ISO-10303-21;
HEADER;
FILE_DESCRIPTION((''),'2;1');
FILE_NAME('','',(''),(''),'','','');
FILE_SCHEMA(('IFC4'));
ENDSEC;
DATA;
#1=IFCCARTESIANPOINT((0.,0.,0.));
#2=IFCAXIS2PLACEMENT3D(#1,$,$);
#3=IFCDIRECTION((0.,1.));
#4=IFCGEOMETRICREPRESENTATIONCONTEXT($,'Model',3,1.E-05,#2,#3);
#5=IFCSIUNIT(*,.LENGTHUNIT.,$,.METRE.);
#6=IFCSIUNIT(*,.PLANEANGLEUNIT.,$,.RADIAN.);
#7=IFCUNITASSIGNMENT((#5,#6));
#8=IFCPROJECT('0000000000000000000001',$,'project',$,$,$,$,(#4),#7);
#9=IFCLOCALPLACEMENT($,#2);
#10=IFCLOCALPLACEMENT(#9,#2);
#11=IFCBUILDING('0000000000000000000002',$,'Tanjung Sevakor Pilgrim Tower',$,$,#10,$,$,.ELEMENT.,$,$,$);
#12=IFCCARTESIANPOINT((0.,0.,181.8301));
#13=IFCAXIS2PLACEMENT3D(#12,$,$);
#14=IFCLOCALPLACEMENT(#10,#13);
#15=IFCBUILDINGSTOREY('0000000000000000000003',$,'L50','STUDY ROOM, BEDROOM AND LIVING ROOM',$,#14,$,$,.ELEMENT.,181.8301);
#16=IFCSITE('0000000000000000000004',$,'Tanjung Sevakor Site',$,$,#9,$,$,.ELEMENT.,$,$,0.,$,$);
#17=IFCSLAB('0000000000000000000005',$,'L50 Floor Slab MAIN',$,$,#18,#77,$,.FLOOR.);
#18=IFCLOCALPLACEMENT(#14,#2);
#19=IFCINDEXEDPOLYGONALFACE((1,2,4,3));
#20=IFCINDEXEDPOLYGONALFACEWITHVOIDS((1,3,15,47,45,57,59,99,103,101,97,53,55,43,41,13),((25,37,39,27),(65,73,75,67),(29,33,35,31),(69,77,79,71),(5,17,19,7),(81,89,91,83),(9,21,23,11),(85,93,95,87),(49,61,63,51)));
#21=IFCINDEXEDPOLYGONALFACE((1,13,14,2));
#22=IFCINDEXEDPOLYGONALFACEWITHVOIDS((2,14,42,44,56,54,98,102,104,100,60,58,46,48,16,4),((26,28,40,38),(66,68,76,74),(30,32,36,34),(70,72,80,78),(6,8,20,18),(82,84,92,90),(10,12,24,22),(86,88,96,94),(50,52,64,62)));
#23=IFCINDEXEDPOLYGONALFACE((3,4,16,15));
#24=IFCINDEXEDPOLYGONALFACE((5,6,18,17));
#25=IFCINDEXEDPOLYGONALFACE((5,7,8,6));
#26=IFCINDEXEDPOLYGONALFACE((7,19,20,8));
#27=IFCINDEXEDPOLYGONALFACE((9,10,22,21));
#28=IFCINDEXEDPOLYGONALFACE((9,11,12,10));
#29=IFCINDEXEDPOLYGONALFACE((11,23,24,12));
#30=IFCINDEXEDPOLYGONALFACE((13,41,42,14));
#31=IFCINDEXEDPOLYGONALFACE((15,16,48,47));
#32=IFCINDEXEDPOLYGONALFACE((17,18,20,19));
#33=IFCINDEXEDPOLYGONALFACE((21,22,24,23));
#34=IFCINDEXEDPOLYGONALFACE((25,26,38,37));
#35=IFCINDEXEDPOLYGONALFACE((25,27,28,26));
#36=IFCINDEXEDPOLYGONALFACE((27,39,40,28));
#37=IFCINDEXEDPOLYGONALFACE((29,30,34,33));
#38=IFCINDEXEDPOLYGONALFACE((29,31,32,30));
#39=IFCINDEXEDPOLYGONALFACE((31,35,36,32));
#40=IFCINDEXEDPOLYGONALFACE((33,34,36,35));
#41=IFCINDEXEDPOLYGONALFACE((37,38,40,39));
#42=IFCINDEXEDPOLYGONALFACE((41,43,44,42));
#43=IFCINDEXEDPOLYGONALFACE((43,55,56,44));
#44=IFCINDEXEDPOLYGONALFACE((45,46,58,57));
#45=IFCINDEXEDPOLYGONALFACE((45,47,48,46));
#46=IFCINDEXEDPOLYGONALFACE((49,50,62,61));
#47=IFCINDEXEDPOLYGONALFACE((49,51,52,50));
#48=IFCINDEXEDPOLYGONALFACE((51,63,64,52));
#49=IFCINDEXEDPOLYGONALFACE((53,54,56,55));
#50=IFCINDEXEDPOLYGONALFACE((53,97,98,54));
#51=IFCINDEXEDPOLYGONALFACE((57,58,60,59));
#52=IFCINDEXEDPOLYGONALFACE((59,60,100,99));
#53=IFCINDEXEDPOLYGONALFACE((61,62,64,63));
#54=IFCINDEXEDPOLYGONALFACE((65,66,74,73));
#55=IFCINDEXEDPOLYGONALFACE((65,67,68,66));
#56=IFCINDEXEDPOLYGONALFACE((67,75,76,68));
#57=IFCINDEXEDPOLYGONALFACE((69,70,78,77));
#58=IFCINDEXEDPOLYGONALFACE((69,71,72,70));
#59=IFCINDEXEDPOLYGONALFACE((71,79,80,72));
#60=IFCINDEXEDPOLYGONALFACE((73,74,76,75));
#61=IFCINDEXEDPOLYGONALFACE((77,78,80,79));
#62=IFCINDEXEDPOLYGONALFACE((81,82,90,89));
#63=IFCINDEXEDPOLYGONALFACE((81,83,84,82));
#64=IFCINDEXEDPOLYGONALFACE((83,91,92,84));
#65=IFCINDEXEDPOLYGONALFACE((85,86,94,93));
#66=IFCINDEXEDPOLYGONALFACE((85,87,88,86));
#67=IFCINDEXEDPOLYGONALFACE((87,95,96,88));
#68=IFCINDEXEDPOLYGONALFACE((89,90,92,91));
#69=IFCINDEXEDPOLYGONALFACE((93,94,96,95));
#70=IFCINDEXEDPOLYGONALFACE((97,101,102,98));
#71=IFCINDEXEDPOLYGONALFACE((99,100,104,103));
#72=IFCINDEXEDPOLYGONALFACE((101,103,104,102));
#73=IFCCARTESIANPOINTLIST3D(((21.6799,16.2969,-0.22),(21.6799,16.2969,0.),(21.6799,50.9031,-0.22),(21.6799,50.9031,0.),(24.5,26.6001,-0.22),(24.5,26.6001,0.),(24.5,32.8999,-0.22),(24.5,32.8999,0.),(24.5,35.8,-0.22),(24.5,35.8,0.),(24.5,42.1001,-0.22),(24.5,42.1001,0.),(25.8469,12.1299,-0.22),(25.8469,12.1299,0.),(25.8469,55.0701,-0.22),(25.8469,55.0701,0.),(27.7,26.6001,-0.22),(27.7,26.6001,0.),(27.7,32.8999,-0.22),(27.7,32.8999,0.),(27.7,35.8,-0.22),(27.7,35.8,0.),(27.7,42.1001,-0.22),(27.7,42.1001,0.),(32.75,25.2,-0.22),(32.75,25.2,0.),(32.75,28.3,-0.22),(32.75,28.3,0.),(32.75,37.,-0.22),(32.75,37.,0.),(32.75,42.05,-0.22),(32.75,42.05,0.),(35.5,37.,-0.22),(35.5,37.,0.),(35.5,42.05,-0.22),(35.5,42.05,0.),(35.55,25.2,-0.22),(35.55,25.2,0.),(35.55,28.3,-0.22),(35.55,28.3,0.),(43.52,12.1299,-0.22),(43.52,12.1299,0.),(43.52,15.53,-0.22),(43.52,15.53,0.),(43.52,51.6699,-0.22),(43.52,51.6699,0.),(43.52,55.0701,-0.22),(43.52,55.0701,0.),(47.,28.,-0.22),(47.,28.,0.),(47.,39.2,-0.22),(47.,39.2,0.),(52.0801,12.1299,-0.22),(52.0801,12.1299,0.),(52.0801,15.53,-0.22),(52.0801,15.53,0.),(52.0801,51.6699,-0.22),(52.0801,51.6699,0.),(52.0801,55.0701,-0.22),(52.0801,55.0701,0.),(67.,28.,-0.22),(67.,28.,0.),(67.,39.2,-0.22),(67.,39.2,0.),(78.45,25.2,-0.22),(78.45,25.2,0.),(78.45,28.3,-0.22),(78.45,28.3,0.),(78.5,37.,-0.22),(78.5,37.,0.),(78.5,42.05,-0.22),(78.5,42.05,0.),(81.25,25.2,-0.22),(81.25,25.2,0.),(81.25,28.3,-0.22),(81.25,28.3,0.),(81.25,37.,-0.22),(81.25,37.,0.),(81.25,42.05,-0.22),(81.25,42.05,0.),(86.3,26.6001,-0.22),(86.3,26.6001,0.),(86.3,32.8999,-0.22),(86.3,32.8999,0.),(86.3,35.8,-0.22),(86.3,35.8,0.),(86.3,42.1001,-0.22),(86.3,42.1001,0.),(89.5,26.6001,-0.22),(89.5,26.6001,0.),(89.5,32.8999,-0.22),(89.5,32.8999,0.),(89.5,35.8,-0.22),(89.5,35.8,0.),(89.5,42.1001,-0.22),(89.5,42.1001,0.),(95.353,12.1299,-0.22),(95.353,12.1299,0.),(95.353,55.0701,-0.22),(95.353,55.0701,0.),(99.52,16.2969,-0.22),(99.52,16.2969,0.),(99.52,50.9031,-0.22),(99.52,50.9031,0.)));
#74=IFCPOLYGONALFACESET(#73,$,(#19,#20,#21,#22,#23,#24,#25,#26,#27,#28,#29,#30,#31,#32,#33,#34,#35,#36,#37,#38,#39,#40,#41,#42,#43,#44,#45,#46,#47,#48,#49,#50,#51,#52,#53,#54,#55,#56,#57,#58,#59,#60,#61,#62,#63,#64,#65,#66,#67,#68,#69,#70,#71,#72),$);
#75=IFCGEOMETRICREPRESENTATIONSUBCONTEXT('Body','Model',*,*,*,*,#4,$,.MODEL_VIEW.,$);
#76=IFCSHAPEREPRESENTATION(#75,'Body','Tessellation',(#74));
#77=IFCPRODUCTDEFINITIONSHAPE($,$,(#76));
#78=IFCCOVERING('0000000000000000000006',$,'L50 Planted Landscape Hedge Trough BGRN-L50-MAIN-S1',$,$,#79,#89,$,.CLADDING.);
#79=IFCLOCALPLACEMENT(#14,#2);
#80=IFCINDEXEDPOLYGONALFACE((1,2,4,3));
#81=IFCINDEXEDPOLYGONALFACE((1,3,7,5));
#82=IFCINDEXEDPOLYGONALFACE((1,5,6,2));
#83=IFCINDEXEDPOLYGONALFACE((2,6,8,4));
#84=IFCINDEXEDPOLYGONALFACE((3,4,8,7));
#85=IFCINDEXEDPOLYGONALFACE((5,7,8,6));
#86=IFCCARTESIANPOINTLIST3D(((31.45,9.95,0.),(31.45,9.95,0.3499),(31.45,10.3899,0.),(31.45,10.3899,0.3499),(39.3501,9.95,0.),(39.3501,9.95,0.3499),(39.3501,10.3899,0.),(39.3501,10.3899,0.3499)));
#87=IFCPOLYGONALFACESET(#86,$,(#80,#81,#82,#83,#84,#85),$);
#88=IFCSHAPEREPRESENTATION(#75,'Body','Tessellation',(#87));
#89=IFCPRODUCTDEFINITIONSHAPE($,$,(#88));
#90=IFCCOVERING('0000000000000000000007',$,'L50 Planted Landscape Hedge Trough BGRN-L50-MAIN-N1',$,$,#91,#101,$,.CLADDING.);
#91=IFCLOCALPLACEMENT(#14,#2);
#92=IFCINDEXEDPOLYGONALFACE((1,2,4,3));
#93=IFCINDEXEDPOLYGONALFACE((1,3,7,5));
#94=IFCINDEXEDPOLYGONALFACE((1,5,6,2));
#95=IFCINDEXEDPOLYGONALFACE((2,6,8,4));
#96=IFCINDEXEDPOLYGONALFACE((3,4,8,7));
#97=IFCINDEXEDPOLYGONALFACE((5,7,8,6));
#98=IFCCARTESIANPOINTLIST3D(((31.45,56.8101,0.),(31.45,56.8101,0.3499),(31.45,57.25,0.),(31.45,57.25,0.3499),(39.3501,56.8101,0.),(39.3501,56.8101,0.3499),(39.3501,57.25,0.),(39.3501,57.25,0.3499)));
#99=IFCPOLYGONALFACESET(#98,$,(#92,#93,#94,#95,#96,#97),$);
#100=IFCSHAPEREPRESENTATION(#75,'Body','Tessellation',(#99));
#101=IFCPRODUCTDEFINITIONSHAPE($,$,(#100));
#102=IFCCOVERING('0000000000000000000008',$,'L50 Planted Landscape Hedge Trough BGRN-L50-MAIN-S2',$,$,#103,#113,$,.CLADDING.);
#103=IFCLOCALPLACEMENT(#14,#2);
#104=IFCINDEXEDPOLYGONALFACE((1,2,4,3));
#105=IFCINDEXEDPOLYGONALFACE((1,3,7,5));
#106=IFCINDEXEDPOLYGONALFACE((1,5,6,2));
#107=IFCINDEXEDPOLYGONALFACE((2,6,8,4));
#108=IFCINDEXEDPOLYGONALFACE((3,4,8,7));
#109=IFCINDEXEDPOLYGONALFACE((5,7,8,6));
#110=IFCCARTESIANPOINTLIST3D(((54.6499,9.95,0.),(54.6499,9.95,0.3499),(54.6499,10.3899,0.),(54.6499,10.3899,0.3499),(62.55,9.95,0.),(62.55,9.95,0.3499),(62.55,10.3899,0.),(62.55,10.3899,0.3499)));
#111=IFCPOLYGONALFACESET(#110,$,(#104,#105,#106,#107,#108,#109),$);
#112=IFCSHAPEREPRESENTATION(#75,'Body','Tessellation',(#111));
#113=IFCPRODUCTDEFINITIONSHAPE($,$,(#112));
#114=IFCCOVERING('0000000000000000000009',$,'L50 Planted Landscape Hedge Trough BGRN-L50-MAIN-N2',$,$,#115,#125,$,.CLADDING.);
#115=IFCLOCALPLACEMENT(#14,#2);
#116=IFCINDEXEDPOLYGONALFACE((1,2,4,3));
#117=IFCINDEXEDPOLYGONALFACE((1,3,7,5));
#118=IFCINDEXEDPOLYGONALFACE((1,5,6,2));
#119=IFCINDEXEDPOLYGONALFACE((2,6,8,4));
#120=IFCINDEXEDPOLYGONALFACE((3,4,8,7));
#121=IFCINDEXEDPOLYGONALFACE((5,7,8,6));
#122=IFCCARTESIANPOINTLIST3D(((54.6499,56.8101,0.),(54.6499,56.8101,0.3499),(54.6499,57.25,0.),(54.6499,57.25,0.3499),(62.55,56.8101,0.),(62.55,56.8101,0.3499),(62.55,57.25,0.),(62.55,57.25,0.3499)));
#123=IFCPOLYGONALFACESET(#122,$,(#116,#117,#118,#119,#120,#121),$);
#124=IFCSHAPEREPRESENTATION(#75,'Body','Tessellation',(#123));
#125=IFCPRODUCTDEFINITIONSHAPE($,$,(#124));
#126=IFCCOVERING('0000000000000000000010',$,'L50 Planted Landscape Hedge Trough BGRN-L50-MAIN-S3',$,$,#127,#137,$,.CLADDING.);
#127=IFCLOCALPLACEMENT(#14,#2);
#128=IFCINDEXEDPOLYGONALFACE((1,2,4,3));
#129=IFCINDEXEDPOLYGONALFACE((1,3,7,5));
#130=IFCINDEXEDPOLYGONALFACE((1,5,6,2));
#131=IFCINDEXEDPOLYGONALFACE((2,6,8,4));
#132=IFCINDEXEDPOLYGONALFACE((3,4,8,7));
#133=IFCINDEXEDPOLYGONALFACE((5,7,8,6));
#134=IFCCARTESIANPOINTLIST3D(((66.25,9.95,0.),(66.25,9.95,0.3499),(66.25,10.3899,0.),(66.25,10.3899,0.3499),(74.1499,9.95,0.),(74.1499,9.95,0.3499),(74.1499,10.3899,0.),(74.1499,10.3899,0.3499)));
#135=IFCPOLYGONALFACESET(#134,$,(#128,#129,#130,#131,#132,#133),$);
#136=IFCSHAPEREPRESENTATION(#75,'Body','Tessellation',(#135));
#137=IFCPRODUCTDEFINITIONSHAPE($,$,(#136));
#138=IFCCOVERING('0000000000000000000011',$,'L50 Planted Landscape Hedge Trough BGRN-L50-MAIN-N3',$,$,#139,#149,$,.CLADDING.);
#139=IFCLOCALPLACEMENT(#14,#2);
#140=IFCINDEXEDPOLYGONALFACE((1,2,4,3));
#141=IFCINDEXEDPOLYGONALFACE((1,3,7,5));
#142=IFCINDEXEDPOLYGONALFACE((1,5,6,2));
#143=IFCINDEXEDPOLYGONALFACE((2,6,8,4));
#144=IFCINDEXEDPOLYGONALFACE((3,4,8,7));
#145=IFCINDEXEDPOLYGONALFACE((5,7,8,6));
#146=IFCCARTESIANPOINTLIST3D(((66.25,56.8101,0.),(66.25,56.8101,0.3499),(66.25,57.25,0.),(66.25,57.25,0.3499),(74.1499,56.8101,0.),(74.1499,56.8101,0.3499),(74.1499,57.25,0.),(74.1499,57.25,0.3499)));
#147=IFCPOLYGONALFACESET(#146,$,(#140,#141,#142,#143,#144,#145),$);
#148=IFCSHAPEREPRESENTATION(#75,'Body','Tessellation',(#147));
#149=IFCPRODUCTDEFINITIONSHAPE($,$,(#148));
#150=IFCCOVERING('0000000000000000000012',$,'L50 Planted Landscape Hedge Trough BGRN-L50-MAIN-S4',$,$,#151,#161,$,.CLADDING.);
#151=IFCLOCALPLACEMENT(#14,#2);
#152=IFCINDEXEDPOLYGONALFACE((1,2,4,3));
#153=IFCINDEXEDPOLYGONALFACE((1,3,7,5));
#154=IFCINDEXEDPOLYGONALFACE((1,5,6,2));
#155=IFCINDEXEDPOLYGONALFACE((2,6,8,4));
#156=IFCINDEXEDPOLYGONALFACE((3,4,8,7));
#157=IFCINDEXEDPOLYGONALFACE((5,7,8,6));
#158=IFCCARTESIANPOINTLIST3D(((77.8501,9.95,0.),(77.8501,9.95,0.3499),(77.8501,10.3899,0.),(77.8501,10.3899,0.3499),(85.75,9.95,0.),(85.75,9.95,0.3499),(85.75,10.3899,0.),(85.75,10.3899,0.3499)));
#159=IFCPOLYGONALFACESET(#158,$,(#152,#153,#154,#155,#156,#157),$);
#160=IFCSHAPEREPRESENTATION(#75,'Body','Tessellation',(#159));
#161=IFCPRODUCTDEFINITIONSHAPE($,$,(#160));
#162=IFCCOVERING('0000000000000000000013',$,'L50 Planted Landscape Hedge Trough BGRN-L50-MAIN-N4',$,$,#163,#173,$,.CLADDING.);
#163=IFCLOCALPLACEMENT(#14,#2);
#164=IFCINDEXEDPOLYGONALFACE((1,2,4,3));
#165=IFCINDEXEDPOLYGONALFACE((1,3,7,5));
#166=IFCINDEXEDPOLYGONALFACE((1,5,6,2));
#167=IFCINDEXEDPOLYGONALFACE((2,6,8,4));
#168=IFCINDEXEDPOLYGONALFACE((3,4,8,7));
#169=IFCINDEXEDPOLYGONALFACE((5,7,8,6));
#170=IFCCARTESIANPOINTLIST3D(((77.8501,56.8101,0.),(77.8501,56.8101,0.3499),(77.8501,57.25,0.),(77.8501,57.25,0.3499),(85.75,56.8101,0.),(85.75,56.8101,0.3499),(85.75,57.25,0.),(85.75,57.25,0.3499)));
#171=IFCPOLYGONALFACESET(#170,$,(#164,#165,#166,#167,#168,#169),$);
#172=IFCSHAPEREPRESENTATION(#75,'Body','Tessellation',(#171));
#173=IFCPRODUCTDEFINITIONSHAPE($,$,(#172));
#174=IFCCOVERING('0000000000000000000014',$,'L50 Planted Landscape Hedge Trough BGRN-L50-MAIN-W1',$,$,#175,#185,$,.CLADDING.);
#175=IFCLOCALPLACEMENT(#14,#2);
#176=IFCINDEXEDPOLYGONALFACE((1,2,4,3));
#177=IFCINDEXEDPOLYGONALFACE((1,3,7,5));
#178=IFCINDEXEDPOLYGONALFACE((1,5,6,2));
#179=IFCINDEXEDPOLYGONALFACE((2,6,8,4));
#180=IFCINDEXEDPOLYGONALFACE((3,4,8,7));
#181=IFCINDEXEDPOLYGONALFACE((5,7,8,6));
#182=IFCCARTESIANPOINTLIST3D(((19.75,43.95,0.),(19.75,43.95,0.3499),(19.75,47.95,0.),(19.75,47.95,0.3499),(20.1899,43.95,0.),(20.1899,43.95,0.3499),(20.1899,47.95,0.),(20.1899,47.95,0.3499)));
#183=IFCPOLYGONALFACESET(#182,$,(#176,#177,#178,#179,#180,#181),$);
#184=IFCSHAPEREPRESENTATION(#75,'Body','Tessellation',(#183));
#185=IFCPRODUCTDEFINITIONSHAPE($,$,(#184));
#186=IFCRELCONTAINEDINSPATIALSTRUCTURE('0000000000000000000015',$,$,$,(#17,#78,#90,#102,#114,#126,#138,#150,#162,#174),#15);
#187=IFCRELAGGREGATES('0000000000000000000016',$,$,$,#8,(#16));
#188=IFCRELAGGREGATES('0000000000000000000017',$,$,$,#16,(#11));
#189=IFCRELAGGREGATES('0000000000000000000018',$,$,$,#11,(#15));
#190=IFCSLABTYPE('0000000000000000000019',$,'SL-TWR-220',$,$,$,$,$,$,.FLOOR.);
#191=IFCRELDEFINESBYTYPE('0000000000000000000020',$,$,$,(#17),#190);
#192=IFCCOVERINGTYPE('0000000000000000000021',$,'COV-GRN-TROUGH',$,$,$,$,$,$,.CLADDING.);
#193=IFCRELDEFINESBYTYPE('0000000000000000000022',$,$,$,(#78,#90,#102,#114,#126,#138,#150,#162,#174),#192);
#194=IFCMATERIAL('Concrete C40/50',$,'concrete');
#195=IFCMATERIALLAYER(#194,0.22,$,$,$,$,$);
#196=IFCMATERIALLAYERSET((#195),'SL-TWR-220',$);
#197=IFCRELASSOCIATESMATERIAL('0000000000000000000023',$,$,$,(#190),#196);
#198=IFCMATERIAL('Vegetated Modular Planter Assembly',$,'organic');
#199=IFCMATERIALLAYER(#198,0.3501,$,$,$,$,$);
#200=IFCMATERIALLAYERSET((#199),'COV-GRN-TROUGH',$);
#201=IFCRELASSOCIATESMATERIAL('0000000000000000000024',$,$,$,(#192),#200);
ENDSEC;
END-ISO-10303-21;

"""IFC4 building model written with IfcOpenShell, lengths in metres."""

from ifc_helpers import new_model, si_unit, direction, frame, origin, place, context, subcontext, project, spatial, polyline, outline, extrude, material, layer, layer_set, type_object, element, save


model = new_model("IFC4")

# Units and contexts
model_context = context("Model", 3, precision=1e-05, world=origin(), true_north=direction((0.0, 1.0)))
body_context = subcontext(model_context, "Body", "Model", "MODEL_VIEW")
ifc_project = project(units=[si_unit("LENGTHUNIT", "METRE"), si_unit("PLANEANGLEUNIT", "RADIAN")], contexts=[model_context])

# Site, building, storey
site_placement = place(None, origin())
site = spatial("IfcSite", under=ifc_project, at=site_placement, Name="Tanjung Sevakor Site", CompositionType="ELEMENT", RefElevation=0.0)
building_placement = place(site_placement, origin())
building = spatial("IfcBuilding", under=site, at=building_placement, Name="Tanjung Sevakor Pilgrim Tower", CompositionType="ELEMENT")
storey_placement = place(building_placement, frame((0.0, 0.0, 181.8301)))
storey = spatial("IfcBuildingStorey", under=building, at=storey_placement, Name="L50", Description="STUDY ROOM, BEDROOM AND LIVING ROOM", CompositionType="ELEMENT", Elevation=181.8301)

# Slab
ifc_material_1 = material(Name="Concrete C40/50", Category="concrete")
ifc_layer_1 = layer(ifc_material_1, 0.22)
ifc_layer_set_1 = layer_set([ifc_layer_1], Name="SL-TWR-220")
slab_type_1 = type_object("IfcSlabType", Name="SL-TWR-220", PredefinedType="FLOOR", material=ifc_layer_set_1)
slab_1_placement = place(storey_placement, frame((0.0, 0.0, -0.22)))
element("IfcSlab", 1, at=slab_1_placement, inside=storey, type_object=slab_type_1, Name="L50 Floor Slab MAIN", PredefinedType="FLOOR", context=body_context, shape_type="SweptSolid", body=[
    extrude(outline(polyline([(25.8469, 12.1299), (43.52, 12.1299), (43.52, 15.53), (52.0801, 15.53), (52.0801, 12.1299), (95.353, 12.1299), (99.52, 16.2969), (99.52, 50.9031), (95.353, 55.0701), (52.0801, 55.0701), (52.0801, 51.6699), (43.52, 51.6699), (43.52, 55.0701), (25.8469, 55.0701), (21.6799, 50.9031), (21.6799, 16.2969), (25.8469, 12.1299)]), holes=[polyline([(27.7, 26.6001), (27.7, 32.8999), (24.5, 32.8999), (24.5, 26.6001), (27.7, 26.6001)]), polyline([(27.7, 35.8), (27.7, 42.1001), (24.5, 42.1001), (24.5, 35.8), (27.7, 35.8)]), polyline([(89.5, 26.6001), (89.5, 32.8999), (86.3, 32.8999), (86.3, 26.6001), (89.5, 26.6001)]), polyline([(89.5, 35.8), (89.5, 42.1001), (86.3, 42.1001), (86.3, 35.8), (89.5, 35.8)]), polyline([(32.75, 25.2), (35.55, 25.2), (35.55, 28.3), (32.75, 28.3), (32.75, 25.2)]), polyline([(32.75, 37.0), (35.5, 37.0), (35.5, 42.05), (32.75, 42.05), (32.75, 37.0)]), polyline([(78.45, 25.2), (81.25, 25.2), (81.25, 28.3), (78.45, 28.3), (78.45, 25.2)]), polyline([(78.5, 37.0), (81.25, 37.0), (81.25, 42.05), (78.5, 42.05), (78.5, 37.0)]), polyline([(47.0, 28.0), (67.0, 28.0), (67.0, 39.2), (47.0, 39.2), (47.0, 28.0)])]), origin(), (0.0, 0.0, 1.0), 0.22),
])

# Coverings
ifc_material_2 = material(Name="Vegetated Modular Planter Assembly", Category="organic")
ifc_layer_2 = layer(ifc_material_2, 0.3501)
ifc_layer_set_2 = layer_set([ifc_layer_2], Name="COV-GRN-TROUGH")
covering_type = type_object("IfcCoveringType", Name="COV-GRN-TROUGH", PredefinedType="CLADDING", material=ifc_layer_set_2)
covering_1_placement = place(storey_placement, origin())
element("IfcCovering", 2, at=covering_1_placement, inside=storey, type_object=covering_type, Name="L50 Planted Landscape Hedge Trough BGRN-L50-MAIN-S1", PredefinedType="CLADDING", context=body_context, shape_type="SweptSolid", body=[
    extrude(outline(polyline([(31.45, 9.95), (39.3501, 9.95), (39.3501, 10.3899), (31.45, 10.3899), (31.45, 9.95)])), origin(), (0.0, 0.0, 1.0), 0.3499),
])
covering_2_placement = place(storey_placement, origin())
element("IfcCovering", 3, at=covering_2_placement, inside=storey, type_object=covering_type, Name="L50 Planted Landscape Hedge Trough BGRN-L50-MAIN-N1", PredefinedType="CLADDING", context=body_context, shape_type="SweptSolid", body=[
    extrude(outline(polyline([(31.45, 56.8101), (39.3501, 56.8101), (39.3501, 57.25), (31.45, 57.25), (31.45, 56.8101)])), origin(), (0.0, 0.0, 1.0), 0.3499),
])
covering_3_placement = place(storey_placement, origin())
element("IfcCovering", 4, at=covering_3_placement, inside=storey, type_object=covering_type, Name="L50 Planted Landscape Hedge Trough BGRN-L50-MAIN-S2", PredefinedType="CLADDING", context=body_context, shape_type="SweptSolid", body=[
    extrude(outline(polyline([(54.6499, 9.95), (62.55, 9.95), (62.55, 10.3899), (54.6499, 10.3899), (54.6499, 9.95)])), origin(), (0.0, 0.0, 1.0), 0.3499),
])
covering_4_placement = place(storey_placement, origin())
element("IfcCovering", 5, at=covering_4_placement, inside=storey, type_object=covering_type, Name="L50 Planted Landscape Hedge Trough BGRN-L50-MAIN-N2", PredefinedType="CLADDING", context=body_context, shape_type="SweptSolid", body=[
    extrude(outline(polyline([(54.6499, 56.8101), (62.55, 56.8101), (62.55, 57.25), (54.6499, 57.25), (54.6499, 56.8101)])), origin(), (0.0, 0.0, 1.0), 0.3499),
])
covering_5_placement = place(storey_placement, origin())
element("IfcCovering", 6, at=covering_5_placement, inside=storey, type_object=covering_type, Name="L50 Planted Landscape Hedge Trough BGRN-L50-MAIN-S3", PredefinedType="CLADDING", context=body_context, shape_type="SweptSolid", body=[
    extrude(outline(polyline([(66.25, 9.95), (74.1499, 9.95), (74.1499, 10.3899), (66.25, 10.3899), (66.25, 9.95)])), origin(), (0.0, 0.0, 1.0), 0.3499),
])
covering_6_placement = place(storey_placement, origin())
element("IfcCovering", 7, at=covering_6_placement, inside=storey, type_object=covering_type, Name="L50 Planted Landscape Hedge Trough BGRN-L50-MAIN-N3", PredefinedType="CLADDING", context=body_context, shape_type="SweptSolid", body=[
    extrude(outline(polyline([(66.25, 56.8101), (74.1499, 56.8101), (74.1499, 57.25), (66.25, 57.25), (66.25, 56.8101)])), origin(), (0.0, 0.0, 1.0), 0.3499),
])
covering_7_placement = place(storey_placement, origin())
element("IfcCovering", 8, at=covering_7_placement, inside=storey, type_object=covering_type, Name="L50 Planted Landscape Hedge Trough BGRN-L50-MAIN-S4", PredefinedType="CLADDING", context=body_context, shape_type="SweptSolid", body=[
    extrude(outline(polyline([(77.8501, 9.95), (85.75, 9.95), (85.75, 10.3899), (77.8501, 10.3899), (77.8501, 9.95)])), origin(), (0.0, 0.0, 1.0), 0.3499),
])
covering_8_placement = place(storey_placement, origin())
element("IfcCovering", 9, at=covering_8_placement, inside=storey, type_object=covering_type, Name="L50 Planted Landscape Hedge Trough BGRN-L50-MAIN-N4", PredefinedType="CLADDING", context=body_context, shape_type="SweptSolid", body=[
    extrude(outline(polyline([(77.8501, 56.8101), (85.75, 56.8101), (85.75, 57.25), (77.8501, 57.25), (77.8501, 56.8101)])), origin(), (0.0, 0.0, 1.0), 0.3499),
])
covering_9_placement = place(storey_placement, origin())
element("IfcCovering", 10, at=covering_9_placement, inside=storey, type_object=covering_type, Name="L50 Planted Landscape Hedge Trough BGRN-L50-MAIN-W1", PredefinedType="CLADDING", context=body_context, shape_type="SweptSolid", body=[
    extrude(outline(polyline([(20.1899, 43.95), (20.1899, 47.95), (19.75, 47.95), (19.75, 43.95), (20.1899, 43.95)])), origin(), (0.0, 0.0, 1.0), 0.3499),
])

save(model, "model.ifc")
